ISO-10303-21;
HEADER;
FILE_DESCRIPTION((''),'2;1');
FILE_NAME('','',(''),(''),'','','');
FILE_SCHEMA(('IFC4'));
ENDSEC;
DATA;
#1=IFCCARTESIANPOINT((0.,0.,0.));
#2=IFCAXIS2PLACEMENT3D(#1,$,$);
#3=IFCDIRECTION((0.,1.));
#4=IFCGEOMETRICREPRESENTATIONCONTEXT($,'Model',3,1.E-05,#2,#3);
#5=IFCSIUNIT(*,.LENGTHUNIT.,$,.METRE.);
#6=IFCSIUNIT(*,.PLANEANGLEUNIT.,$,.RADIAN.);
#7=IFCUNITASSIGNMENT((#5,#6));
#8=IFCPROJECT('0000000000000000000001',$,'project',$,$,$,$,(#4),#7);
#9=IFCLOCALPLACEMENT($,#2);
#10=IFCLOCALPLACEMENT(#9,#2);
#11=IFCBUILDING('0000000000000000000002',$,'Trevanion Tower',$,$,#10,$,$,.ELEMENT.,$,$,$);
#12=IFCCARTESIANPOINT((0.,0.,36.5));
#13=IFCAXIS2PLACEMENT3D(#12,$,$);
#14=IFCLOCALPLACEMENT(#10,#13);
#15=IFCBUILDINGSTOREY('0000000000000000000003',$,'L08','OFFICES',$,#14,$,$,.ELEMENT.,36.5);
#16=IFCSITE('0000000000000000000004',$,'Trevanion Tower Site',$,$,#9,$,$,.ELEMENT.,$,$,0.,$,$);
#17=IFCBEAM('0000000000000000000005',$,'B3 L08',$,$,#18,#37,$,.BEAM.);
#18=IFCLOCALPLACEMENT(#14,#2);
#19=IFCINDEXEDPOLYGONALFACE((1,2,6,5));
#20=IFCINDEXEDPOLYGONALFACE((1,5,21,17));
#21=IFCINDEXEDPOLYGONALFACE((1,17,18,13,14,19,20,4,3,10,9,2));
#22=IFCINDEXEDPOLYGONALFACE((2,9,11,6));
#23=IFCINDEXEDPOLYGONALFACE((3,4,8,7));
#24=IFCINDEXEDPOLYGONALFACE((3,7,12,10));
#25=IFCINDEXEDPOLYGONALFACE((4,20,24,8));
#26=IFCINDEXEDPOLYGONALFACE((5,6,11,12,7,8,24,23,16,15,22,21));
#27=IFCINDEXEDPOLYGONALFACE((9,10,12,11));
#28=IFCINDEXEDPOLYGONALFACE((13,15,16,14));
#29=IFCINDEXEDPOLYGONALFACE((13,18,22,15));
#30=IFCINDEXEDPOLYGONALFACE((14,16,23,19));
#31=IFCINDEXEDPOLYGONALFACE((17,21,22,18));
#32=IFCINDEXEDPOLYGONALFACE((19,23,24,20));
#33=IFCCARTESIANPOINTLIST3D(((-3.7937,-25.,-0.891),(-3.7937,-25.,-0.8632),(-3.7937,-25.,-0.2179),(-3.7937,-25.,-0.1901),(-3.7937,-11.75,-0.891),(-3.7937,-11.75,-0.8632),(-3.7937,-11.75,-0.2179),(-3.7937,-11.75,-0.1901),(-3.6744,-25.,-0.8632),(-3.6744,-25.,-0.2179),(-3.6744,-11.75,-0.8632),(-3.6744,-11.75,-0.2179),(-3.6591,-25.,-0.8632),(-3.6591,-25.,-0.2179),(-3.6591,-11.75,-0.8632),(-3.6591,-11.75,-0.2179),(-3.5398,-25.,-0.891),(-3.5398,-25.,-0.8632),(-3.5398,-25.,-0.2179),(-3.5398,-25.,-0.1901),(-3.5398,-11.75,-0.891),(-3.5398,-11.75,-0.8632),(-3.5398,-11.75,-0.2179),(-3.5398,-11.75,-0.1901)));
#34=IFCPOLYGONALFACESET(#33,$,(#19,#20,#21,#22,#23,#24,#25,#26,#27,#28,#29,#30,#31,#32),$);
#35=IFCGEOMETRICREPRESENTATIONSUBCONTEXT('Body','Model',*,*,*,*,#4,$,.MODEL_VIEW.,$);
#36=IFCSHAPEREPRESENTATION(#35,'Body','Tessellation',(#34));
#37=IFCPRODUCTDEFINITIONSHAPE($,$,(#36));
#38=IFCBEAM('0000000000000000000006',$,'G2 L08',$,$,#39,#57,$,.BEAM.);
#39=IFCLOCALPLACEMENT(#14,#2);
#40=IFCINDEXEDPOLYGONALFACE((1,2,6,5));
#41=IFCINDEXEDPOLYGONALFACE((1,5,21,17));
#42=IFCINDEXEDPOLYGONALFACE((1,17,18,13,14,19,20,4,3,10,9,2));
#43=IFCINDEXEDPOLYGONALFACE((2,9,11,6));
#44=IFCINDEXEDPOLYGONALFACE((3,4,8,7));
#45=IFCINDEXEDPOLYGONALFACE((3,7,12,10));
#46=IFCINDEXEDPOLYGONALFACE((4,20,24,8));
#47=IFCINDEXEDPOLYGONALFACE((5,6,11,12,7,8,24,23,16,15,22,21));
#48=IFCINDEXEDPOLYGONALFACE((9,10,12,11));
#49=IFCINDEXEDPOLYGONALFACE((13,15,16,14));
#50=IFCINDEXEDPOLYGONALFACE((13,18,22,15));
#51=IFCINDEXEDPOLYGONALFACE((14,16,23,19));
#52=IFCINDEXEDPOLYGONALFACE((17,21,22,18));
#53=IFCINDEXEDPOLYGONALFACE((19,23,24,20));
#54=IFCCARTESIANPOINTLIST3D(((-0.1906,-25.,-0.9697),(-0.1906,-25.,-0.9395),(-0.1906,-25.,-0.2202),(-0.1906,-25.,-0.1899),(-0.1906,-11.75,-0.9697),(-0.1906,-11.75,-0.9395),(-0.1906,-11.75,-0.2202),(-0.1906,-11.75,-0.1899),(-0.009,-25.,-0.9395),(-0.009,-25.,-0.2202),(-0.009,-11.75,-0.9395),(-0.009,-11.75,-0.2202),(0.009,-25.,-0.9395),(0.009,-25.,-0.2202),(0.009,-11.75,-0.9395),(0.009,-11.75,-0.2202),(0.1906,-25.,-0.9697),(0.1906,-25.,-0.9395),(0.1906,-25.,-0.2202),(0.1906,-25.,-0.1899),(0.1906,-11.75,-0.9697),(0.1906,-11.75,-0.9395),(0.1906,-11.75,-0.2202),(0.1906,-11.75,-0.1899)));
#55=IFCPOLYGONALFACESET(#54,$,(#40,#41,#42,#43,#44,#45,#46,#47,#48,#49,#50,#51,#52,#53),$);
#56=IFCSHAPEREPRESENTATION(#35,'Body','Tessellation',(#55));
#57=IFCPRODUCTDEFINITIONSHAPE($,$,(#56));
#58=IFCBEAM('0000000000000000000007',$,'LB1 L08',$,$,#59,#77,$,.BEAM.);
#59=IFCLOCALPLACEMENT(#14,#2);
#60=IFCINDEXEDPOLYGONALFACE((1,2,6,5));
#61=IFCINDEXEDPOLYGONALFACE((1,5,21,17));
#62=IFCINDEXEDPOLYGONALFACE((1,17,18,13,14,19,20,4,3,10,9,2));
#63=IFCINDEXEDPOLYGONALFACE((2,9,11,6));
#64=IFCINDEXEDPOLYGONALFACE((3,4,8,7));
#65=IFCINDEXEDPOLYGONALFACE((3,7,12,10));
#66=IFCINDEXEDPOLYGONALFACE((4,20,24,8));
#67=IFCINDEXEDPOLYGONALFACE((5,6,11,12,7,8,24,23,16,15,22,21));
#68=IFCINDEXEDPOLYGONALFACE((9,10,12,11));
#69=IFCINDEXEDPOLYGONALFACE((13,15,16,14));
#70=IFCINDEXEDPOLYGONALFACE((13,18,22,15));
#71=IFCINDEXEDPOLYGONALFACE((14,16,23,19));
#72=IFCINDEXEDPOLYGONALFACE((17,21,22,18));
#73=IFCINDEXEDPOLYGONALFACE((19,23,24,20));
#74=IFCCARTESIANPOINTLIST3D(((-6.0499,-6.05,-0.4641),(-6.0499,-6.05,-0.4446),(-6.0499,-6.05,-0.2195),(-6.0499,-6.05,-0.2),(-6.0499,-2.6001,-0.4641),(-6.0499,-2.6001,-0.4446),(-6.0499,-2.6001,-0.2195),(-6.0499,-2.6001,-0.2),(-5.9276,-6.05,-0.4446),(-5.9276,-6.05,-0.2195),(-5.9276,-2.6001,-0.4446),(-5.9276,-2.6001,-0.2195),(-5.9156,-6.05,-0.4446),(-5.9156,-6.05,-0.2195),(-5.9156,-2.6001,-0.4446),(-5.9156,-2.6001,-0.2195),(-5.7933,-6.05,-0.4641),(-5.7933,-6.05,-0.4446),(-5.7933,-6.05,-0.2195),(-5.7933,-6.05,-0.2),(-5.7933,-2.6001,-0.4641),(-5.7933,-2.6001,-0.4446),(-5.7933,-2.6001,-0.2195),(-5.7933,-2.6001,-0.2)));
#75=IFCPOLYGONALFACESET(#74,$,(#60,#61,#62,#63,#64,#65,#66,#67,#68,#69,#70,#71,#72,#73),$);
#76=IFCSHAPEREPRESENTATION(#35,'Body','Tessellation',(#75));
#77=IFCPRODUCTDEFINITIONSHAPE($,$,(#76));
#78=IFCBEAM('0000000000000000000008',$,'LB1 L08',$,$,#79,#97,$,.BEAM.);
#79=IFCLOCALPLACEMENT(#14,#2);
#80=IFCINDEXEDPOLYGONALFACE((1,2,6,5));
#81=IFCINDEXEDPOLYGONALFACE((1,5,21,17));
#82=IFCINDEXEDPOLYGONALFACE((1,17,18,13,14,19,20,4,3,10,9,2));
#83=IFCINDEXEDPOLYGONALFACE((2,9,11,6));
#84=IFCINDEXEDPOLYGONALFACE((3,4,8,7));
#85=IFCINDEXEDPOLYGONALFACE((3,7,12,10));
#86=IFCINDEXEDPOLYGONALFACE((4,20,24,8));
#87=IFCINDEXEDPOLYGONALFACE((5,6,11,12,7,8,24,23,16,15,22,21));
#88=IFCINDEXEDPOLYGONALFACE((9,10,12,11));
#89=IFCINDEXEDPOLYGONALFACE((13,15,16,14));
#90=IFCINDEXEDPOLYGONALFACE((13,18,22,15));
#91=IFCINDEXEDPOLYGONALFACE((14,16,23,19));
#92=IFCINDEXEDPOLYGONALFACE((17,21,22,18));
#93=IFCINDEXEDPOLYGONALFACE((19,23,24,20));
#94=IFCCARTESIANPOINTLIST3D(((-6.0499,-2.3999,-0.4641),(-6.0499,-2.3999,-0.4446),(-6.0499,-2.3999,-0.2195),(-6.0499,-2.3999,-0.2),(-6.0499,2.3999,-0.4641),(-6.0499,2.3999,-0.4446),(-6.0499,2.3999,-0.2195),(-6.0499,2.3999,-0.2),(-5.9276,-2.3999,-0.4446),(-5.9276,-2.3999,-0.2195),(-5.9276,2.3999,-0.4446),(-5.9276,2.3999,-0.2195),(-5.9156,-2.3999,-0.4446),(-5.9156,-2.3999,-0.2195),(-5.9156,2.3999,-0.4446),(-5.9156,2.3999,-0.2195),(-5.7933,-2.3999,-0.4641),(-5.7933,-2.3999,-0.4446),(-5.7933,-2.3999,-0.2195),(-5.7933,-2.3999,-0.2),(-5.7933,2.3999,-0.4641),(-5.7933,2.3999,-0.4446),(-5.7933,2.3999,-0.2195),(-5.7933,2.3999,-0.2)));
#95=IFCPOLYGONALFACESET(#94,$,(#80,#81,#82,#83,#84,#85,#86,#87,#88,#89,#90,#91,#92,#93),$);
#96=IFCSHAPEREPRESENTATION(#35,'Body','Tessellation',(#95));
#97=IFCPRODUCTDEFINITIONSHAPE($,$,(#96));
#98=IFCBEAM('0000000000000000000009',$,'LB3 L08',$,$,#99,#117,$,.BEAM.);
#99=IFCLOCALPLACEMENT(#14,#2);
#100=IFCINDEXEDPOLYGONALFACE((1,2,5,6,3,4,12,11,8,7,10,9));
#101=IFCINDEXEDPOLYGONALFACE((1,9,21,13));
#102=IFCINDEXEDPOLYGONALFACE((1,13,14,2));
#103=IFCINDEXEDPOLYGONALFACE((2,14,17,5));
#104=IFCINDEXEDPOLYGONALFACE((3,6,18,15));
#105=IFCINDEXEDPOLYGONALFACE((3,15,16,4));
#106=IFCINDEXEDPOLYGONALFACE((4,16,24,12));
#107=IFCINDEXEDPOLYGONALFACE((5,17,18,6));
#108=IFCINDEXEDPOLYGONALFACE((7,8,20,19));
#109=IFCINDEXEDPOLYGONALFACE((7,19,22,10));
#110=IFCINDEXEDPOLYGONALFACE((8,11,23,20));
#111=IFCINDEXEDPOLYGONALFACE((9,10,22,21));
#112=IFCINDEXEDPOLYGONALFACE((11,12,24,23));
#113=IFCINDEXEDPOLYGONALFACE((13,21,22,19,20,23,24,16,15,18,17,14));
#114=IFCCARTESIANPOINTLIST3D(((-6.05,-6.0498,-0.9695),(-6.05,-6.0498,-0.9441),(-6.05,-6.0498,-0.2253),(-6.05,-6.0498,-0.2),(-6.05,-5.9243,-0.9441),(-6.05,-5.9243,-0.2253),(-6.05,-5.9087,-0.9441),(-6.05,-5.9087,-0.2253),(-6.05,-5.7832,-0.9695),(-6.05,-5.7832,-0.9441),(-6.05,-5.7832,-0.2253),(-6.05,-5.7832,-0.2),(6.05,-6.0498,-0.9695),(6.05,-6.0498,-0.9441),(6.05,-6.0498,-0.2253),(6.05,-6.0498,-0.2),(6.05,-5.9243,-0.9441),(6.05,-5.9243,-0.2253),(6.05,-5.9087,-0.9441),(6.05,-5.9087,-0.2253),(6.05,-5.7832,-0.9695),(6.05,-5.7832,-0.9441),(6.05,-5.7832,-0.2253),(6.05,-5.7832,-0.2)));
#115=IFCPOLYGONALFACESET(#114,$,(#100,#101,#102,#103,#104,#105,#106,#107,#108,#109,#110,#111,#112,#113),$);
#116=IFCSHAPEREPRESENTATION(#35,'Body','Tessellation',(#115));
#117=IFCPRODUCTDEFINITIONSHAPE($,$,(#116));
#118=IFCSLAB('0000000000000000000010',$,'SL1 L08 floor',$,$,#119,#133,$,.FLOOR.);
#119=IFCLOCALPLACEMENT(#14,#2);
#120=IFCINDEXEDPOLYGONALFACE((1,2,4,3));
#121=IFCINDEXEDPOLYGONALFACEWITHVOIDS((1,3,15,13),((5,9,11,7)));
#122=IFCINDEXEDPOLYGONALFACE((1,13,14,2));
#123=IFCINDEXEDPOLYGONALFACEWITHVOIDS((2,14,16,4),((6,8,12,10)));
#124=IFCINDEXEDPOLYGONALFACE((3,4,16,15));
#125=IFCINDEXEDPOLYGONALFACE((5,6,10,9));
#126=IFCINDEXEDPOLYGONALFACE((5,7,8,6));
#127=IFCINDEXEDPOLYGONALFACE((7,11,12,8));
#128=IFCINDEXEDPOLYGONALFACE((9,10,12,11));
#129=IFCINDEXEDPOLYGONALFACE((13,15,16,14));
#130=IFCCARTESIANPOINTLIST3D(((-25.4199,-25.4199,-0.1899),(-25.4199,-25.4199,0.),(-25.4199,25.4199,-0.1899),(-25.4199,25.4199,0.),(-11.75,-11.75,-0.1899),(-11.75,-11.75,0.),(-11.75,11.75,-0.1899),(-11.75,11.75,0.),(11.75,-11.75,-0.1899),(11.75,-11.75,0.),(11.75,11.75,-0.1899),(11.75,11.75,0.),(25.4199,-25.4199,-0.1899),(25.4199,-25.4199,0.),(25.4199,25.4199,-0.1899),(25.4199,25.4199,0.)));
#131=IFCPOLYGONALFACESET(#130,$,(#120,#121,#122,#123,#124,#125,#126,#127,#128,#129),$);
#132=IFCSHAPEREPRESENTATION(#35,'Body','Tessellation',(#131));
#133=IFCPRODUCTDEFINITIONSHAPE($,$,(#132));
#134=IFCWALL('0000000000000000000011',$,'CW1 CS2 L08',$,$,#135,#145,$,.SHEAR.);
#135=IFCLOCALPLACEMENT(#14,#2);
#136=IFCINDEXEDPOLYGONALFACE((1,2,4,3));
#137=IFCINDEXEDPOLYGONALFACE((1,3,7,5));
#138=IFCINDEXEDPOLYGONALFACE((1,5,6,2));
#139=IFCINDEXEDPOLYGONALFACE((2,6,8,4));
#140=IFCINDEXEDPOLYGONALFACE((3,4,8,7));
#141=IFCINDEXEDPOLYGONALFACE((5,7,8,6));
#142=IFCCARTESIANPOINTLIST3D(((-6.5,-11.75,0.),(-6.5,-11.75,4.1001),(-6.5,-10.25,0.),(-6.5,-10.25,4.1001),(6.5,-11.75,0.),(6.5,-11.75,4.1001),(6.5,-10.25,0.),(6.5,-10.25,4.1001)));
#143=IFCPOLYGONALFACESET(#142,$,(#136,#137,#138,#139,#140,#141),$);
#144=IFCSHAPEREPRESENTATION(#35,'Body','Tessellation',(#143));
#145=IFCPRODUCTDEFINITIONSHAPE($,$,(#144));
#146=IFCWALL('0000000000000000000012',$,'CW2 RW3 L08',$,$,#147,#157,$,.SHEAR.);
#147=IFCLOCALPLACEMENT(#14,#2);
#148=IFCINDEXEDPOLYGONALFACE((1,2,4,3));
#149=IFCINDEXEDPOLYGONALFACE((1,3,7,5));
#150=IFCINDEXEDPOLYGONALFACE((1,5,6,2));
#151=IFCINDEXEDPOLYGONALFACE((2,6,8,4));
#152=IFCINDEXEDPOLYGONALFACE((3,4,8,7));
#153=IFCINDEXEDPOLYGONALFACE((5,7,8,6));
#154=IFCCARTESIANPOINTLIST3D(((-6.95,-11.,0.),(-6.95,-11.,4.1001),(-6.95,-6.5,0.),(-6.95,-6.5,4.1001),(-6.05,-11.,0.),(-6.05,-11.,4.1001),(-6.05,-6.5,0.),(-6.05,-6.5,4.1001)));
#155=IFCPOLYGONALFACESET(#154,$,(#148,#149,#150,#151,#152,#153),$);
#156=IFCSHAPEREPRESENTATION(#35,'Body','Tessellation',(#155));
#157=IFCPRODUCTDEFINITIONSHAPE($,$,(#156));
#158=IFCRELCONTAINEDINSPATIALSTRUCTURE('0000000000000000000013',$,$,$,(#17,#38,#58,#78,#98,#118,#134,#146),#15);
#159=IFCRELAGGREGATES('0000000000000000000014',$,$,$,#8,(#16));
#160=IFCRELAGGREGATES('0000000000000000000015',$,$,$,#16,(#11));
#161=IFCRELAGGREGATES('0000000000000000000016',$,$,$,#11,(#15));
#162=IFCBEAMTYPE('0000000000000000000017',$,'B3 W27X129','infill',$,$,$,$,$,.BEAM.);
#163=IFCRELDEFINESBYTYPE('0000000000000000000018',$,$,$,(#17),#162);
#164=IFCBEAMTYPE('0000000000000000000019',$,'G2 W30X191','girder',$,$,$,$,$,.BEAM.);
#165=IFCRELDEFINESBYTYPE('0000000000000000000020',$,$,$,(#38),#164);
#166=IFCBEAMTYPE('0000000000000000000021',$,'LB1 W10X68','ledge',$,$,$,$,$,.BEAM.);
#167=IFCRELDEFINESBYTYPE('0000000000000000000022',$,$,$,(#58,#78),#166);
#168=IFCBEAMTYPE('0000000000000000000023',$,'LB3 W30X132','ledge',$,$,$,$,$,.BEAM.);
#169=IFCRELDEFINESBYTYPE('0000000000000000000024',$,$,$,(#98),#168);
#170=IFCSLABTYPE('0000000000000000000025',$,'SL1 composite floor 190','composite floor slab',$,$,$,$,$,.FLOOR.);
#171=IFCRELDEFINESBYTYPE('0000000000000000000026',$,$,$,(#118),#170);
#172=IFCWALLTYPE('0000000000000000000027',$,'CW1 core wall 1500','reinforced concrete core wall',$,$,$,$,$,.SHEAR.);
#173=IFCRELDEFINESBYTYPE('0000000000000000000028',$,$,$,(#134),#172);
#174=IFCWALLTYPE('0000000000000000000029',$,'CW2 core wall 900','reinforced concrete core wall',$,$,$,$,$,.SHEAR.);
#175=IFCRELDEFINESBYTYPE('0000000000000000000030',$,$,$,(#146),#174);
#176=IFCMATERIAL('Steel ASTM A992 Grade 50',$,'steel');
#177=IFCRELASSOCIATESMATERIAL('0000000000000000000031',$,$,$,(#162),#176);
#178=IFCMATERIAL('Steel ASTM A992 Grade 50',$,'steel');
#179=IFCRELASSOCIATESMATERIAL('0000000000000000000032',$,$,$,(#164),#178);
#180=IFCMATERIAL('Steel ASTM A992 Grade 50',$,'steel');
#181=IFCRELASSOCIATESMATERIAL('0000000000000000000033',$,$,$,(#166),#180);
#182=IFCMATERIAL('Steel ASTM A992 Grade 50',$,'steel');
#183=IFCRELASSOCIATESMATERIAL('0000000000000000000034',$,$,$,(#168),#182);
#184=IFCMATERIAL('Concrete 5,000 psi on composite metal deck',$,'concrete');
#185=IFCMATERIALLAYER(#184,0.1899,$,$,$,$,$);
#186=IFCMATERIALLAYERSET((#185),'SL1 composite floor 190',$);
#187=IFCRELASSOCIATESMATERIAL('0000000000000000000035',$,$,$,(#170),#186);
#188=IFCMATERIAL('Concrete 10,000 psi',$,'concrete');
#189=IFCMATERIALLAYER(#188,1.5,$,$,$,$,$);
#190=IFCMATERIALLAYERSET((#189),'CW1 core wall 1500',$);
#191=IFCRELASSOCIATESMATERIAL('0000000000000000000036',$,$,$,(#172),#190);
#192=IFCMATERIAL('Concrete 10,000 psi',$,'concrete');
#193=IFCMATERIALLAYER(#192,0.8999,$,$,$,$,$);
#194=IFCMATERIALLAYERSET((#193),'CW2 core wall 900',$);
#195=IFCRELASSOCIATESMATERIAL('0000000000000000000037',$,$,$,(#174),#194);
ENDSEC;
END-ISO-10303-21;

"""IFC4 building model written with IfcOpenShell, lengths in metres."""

from ifc_helpers import new_model, si_unit, direction, frame, frame_2d, origin, origin_2d, place, context, subcontext, project, spatial, polyline, rectangle, i_section, outline, extrude, material, layer, layer_set, material_profile, profile_set, type_object, element, save


model = new_model("IFC4")

# Units and contexts
model_context = context("Model", 3, precision=1e-05, world=origin(), true_north=direction((0.0, 1.0)))
body_context = subcontext(model_context, "Body", "Model", "MODEL_VIEW")
ifc_project = project(units=[si_unit("LENGTHUNIT", "METRE"), si_unit("PLANEANGLEUNIT", "RADIAN")], contexts=[model_context])

# Site, building, storey
site_placement = place(None, origin())
site = spatial("IfcSite", under=ifc_project, at=site_placement, Name="Trevanion Tower Site", CompositionType="ELEMENT", RefElevation=0.0)
building_placement = place(site_placement, origin())
building = spatial("IfcBuilding", under=site, at=building_placement, Name="Trevanion Tower", CompositionType="ELEMENT")
storey_placement = place(building_placement, frame((0.0, 0.0, 36.5)))
storey = spatial("IfcBuildingStorey", under=building, at=storey_placement, Name="L08", Description="OFFICES", CompositionType="ELEMENT", Elevation=36.5)

# Beams
ifc_material_1 = material(Name="Steel ASTM A992 Grade 50", Category="steel")
ifc_material_profile_1 = material_profile(ifc_material_1, i_section(OverallWidth=0.2539, OverallDepth=0.7009, WebThickness=0.0154, FlangeThickness=0.0278, at=origin_2d()), Name="W27X129")
ifc_profile_set_1 = profile_set([ifc_material_profile_1], Name="Steel ASTM A992 Grade 50")
beam_type_1 = type_object("IfcBeamType", Name="B3 W27X129", Description="infill", PredefinedType="BEAM", material=ifc_profile_set_1)
beam_1_placement = place(storey_placement, frame((-3.6667, -11.75, -0.5405), z_axis=(0.0, -1.0, 0.0), x_axis=(1.0, 0.0, 0.0)))
element("IfcBeam", 1, at=beam_1_placement, inside=storey, type_object=beam_type_1, Name="B3 L08", PredefinedType="BEAM", context=body_context, shape_type="SweptSolid", body=[
    extrude(i_section(OverallWidth=0.2539, OverallDepth=0.7009, WebThickness=0.0154, FlangeThickness=0.0278, at=origin_2d()), origin(), (0.0, 0.0, 1.0), 13.25),
])
ifc_material_2 = material(Name="Steel ASTM A992 Grade 50", Category="steel")
ifc_material_profile_2 = material_profile(ifc_material_2, i_section(OverallWidth=0.3811, OverallDepth=0.7798, WebThickness=0.0181, FlangeThickness=0.0303, at=origin_2d()), Name="W30X191")
ifc_profile_set_2 = profile_set([ifc_material_profile_2], Name="Steel ASTM A992 Grade 50")
beam_type_2 = type_object("IfcBeamType", Name="G2 W30X191", Description="girder", PredefinedType="BEAM", material=ifc_profile_set_2)
beam_2_placement = place(storey_placement, frame((0.0, -11.75, -0.5798), z_axis=(0.0, -1.0, 0.0), x_axis=(1.0, 0.0, 0.0)))
element("IfcBeam", 2, at=beam_2_placement, inside=storey, type_object=beam_type_2, Name="G2 L08", PredefinedType="BEAM", context=body_context, shape_type="SweptSolid", body=[
    extrude(i_section(OverallWidth=0.3811, OverallDepth=0.7798, WebThickness=0.0181, FlangeThickness=0.0303, at=origin_2d()), origin(), (0.0, 0.0, 1.0), 13.25),
])
ifc_material_3 = material(Name="Steel ASTM A992 Grade 50", Category="steel")
ifc_material_profile_3 = material_profile(ifc_material_3, i_section(OverallWidth=0.2566, OverallDepth=0.2642, WebThickness=0.012, FlangeThickness=0.0195, at=origin_2d()), Name="W10X68")
ifc_profile_set_3 = profile_set([ifc_material_profile_3], Name="Steel ASTM A992 Grade 50")
beam_type_3 = type_object("IfcBeamType", Name="LB1 W10X68", Description="ledge", PredefinedType="BEAM", material=ifc_profile_set_3)
beam_3_placement = place(storey_placement, frame((-5.9216, -6.05, -0.332), z_axis=(0.0, 1.0, 0.0), x_axis=(-1.0, 0.0, 0.0)))
element("IfcBeam", 3, at=beam_3_placement, inside=storey, type_object=beam_type_3, Name="LB1 L08", PredefinedType="BEAM", context=body_context, shape_type="SweptSolid", body=[
    extrude(i_section(OverallWidth=0.2566, OverallDepth=0.2642, WebThickness=0.012, FlangeThickness=0.0195, at=origin_2d()), origin(), (0.0, 0.0, 1.0), 3.45),
])
beam_4_placement = place(storey_placement, frame((-5.9216, -2.3999, -0.332), z_axis=(0.0, 1.0, 0.0), x_axis=(-1.0, 0.0, 0.0)))
element("IfcBeam", 4, at=beam_4_placement, inside=storey, type_object=beam_type_3, Name="LB1 L08", PredefinedType="BEAM", context=body_context, shape_type="SweptSolid", body=[
    extrude(i_section(OverallWidth=0.2566, OverallDepth=0.2642, WebThickness=0.012, FlangeThickness=0.0195, at=origin_2d()), origin(), (0.0, 0.0, 1.0), 4.7998),
])
ifc_material_4 = material(Name="Steel ASTM A992 Grade 50", Category="steel")
ifc_material_profile_4 = material_profile(ifc_material_4, i_section(OverallWidth=0.2666, OverallDepth=0.7695, WebThickness=0.0156, FlangeThickness=0.0254, at=origin_2d()), Name="W30X132")
ifc_profile_set_4 = profile_set([ifc_material_profile_4], Name="Steel ASTM A992 Grade 50")
beam_type_4 = type_object("IfcBeamType", Name="LB3 W30X132", Description="ledge", PredefinedType="BEAM", material=ifc_profile_set_4)
beam_5_placement = place(storey_placement, frame((-6.05, -5.9165, -0.5847), z_axis=(1.0, 0.0, 0.0), x_axis=(0.0, 1.0, 0.0)))
element("IfcBeam", 5, at=beam_5_placement, inside=storey, type_object=beam_type_4, Name="LB3 L08", PredefinedType="BEAM", context=body_context, shape_type="SweptSolid", body=[
    extrude(i_section(OverallWidth=0.2666, OverallDepth=0.7695, WebThickness=0.0156, FlangeThickness=0.0254, at=origin_2d()), origin(), (0.0, 0.0, 1.0), 12.1001),
])

# Slab
ifc_material_5 = material(Name="Concrete 5,000 psi on composite metal deck", Category="concrete")
ifc_layer_1 = layer(ifc_material_5, 0.1899)
ifc_layer_set_1 = layer_set([ifc_layer_1], Name="SL1 composite floor 190")
slab_type = type_object("IfcSlabType", Name="SL1 composite floor 190", Description="composite floor slab", PredefinedType="FLOOR", material=ifc_layer_set_1)
slab_placement = place(storey_placement, frame((0.0, 0.0, -0.1899)))
element("IfcSlab", 6, at=slab_placement, inside=storey, type_object=slab_type, Name="SL1 L08 floor", PredefinedType="FLOOR", context=body_context, shape_type="SweptSolid", body=[
    extrude(outline(polyline([(25.4199, -25.4199), (25.4199, 25.4199), (-25.4199, 25.4199), (-25.4199, -25.4199), (25.4199, -25.4199)]), holes=[polyline([(11.75, -11.75), (11.75, 11.75), (-11.75, 11.75), (-11.75, -11.75), (11.75, -11.75)])]), origin(), (0.0, 0.0, 1.0), 0.1899),
])

# Walls
ifc_material_6 = material(Name="Concrete 10,000 psi", Category="concrete")
ifc_layer_2 = layer(ifc_material_6, 1.5)
ifc_layer_set_2 = layer_set([ifc_layer_2], Name="CW1 core wall 1500")
wall_type_1 = type_object("IfcWallType", Name="CW1 core wall 1500", Description="reinforced concrete core wall", PredefinedType="SHEAR", material=ifc_layer_set_2)
wall_1_placement = place(storey_placement, frame((-6.5, -11.0, 0.0), z_axis=(0.0, 0.0, 1.0), x_axis=(1.0, 0.0, 0.0)))
element("IfcWall", 7, at=wall_1_placement, inside=storey, type_object=wall_type_1, Name="CW1 CS2 L08", PredefinedType="SHEAR", context=body_context, shape_type="SweptSolid", body=[
    extrude(rectangle(XDim=13.0, YDim=1.5, at=frame_2d((6.5, 0.0))), origin(), (0.0, 0.0, 1.0), 4.1001),
])
ifc_material_7 = material(Name="Concrete 10,000 psi", Category="concrete")
ifc_layer_3 = layer(ifc_material_7, 0.8999)
ifc_layer_set_3 = layer_set([ifc_layer_3], Name="CW2 core wall 900")
wall_type_2 = type_object("IfcWallType", Name="CW2 core wall 900", Description="reinforced concrete core wall", PredefinedType="SHEAR", material=ifc_layer_set_3)
wall_2_placement = place(storey_placement, frame((-6.5, -6.5, 0.0), z_axis=(0.0, 0.0, 1.0), x_axis=(0.0, -1.0, 0.0)))
element("IfcWall", 8, at=wall_2_placement, inside=storey, type_object=wall_type_2, Name="CW2 RW3 L08", PredefinedType="SHEAR", context=body_context, shape_type="SweptSolid", body=[
    extrude(rectangle(XDim=4.5, YDim=0.8999, at=frame_2d((2.25, 0.0))), origin(), (0.0, 0.0, 1.0), 4.1001),
])

save(model, "model.ifc")
